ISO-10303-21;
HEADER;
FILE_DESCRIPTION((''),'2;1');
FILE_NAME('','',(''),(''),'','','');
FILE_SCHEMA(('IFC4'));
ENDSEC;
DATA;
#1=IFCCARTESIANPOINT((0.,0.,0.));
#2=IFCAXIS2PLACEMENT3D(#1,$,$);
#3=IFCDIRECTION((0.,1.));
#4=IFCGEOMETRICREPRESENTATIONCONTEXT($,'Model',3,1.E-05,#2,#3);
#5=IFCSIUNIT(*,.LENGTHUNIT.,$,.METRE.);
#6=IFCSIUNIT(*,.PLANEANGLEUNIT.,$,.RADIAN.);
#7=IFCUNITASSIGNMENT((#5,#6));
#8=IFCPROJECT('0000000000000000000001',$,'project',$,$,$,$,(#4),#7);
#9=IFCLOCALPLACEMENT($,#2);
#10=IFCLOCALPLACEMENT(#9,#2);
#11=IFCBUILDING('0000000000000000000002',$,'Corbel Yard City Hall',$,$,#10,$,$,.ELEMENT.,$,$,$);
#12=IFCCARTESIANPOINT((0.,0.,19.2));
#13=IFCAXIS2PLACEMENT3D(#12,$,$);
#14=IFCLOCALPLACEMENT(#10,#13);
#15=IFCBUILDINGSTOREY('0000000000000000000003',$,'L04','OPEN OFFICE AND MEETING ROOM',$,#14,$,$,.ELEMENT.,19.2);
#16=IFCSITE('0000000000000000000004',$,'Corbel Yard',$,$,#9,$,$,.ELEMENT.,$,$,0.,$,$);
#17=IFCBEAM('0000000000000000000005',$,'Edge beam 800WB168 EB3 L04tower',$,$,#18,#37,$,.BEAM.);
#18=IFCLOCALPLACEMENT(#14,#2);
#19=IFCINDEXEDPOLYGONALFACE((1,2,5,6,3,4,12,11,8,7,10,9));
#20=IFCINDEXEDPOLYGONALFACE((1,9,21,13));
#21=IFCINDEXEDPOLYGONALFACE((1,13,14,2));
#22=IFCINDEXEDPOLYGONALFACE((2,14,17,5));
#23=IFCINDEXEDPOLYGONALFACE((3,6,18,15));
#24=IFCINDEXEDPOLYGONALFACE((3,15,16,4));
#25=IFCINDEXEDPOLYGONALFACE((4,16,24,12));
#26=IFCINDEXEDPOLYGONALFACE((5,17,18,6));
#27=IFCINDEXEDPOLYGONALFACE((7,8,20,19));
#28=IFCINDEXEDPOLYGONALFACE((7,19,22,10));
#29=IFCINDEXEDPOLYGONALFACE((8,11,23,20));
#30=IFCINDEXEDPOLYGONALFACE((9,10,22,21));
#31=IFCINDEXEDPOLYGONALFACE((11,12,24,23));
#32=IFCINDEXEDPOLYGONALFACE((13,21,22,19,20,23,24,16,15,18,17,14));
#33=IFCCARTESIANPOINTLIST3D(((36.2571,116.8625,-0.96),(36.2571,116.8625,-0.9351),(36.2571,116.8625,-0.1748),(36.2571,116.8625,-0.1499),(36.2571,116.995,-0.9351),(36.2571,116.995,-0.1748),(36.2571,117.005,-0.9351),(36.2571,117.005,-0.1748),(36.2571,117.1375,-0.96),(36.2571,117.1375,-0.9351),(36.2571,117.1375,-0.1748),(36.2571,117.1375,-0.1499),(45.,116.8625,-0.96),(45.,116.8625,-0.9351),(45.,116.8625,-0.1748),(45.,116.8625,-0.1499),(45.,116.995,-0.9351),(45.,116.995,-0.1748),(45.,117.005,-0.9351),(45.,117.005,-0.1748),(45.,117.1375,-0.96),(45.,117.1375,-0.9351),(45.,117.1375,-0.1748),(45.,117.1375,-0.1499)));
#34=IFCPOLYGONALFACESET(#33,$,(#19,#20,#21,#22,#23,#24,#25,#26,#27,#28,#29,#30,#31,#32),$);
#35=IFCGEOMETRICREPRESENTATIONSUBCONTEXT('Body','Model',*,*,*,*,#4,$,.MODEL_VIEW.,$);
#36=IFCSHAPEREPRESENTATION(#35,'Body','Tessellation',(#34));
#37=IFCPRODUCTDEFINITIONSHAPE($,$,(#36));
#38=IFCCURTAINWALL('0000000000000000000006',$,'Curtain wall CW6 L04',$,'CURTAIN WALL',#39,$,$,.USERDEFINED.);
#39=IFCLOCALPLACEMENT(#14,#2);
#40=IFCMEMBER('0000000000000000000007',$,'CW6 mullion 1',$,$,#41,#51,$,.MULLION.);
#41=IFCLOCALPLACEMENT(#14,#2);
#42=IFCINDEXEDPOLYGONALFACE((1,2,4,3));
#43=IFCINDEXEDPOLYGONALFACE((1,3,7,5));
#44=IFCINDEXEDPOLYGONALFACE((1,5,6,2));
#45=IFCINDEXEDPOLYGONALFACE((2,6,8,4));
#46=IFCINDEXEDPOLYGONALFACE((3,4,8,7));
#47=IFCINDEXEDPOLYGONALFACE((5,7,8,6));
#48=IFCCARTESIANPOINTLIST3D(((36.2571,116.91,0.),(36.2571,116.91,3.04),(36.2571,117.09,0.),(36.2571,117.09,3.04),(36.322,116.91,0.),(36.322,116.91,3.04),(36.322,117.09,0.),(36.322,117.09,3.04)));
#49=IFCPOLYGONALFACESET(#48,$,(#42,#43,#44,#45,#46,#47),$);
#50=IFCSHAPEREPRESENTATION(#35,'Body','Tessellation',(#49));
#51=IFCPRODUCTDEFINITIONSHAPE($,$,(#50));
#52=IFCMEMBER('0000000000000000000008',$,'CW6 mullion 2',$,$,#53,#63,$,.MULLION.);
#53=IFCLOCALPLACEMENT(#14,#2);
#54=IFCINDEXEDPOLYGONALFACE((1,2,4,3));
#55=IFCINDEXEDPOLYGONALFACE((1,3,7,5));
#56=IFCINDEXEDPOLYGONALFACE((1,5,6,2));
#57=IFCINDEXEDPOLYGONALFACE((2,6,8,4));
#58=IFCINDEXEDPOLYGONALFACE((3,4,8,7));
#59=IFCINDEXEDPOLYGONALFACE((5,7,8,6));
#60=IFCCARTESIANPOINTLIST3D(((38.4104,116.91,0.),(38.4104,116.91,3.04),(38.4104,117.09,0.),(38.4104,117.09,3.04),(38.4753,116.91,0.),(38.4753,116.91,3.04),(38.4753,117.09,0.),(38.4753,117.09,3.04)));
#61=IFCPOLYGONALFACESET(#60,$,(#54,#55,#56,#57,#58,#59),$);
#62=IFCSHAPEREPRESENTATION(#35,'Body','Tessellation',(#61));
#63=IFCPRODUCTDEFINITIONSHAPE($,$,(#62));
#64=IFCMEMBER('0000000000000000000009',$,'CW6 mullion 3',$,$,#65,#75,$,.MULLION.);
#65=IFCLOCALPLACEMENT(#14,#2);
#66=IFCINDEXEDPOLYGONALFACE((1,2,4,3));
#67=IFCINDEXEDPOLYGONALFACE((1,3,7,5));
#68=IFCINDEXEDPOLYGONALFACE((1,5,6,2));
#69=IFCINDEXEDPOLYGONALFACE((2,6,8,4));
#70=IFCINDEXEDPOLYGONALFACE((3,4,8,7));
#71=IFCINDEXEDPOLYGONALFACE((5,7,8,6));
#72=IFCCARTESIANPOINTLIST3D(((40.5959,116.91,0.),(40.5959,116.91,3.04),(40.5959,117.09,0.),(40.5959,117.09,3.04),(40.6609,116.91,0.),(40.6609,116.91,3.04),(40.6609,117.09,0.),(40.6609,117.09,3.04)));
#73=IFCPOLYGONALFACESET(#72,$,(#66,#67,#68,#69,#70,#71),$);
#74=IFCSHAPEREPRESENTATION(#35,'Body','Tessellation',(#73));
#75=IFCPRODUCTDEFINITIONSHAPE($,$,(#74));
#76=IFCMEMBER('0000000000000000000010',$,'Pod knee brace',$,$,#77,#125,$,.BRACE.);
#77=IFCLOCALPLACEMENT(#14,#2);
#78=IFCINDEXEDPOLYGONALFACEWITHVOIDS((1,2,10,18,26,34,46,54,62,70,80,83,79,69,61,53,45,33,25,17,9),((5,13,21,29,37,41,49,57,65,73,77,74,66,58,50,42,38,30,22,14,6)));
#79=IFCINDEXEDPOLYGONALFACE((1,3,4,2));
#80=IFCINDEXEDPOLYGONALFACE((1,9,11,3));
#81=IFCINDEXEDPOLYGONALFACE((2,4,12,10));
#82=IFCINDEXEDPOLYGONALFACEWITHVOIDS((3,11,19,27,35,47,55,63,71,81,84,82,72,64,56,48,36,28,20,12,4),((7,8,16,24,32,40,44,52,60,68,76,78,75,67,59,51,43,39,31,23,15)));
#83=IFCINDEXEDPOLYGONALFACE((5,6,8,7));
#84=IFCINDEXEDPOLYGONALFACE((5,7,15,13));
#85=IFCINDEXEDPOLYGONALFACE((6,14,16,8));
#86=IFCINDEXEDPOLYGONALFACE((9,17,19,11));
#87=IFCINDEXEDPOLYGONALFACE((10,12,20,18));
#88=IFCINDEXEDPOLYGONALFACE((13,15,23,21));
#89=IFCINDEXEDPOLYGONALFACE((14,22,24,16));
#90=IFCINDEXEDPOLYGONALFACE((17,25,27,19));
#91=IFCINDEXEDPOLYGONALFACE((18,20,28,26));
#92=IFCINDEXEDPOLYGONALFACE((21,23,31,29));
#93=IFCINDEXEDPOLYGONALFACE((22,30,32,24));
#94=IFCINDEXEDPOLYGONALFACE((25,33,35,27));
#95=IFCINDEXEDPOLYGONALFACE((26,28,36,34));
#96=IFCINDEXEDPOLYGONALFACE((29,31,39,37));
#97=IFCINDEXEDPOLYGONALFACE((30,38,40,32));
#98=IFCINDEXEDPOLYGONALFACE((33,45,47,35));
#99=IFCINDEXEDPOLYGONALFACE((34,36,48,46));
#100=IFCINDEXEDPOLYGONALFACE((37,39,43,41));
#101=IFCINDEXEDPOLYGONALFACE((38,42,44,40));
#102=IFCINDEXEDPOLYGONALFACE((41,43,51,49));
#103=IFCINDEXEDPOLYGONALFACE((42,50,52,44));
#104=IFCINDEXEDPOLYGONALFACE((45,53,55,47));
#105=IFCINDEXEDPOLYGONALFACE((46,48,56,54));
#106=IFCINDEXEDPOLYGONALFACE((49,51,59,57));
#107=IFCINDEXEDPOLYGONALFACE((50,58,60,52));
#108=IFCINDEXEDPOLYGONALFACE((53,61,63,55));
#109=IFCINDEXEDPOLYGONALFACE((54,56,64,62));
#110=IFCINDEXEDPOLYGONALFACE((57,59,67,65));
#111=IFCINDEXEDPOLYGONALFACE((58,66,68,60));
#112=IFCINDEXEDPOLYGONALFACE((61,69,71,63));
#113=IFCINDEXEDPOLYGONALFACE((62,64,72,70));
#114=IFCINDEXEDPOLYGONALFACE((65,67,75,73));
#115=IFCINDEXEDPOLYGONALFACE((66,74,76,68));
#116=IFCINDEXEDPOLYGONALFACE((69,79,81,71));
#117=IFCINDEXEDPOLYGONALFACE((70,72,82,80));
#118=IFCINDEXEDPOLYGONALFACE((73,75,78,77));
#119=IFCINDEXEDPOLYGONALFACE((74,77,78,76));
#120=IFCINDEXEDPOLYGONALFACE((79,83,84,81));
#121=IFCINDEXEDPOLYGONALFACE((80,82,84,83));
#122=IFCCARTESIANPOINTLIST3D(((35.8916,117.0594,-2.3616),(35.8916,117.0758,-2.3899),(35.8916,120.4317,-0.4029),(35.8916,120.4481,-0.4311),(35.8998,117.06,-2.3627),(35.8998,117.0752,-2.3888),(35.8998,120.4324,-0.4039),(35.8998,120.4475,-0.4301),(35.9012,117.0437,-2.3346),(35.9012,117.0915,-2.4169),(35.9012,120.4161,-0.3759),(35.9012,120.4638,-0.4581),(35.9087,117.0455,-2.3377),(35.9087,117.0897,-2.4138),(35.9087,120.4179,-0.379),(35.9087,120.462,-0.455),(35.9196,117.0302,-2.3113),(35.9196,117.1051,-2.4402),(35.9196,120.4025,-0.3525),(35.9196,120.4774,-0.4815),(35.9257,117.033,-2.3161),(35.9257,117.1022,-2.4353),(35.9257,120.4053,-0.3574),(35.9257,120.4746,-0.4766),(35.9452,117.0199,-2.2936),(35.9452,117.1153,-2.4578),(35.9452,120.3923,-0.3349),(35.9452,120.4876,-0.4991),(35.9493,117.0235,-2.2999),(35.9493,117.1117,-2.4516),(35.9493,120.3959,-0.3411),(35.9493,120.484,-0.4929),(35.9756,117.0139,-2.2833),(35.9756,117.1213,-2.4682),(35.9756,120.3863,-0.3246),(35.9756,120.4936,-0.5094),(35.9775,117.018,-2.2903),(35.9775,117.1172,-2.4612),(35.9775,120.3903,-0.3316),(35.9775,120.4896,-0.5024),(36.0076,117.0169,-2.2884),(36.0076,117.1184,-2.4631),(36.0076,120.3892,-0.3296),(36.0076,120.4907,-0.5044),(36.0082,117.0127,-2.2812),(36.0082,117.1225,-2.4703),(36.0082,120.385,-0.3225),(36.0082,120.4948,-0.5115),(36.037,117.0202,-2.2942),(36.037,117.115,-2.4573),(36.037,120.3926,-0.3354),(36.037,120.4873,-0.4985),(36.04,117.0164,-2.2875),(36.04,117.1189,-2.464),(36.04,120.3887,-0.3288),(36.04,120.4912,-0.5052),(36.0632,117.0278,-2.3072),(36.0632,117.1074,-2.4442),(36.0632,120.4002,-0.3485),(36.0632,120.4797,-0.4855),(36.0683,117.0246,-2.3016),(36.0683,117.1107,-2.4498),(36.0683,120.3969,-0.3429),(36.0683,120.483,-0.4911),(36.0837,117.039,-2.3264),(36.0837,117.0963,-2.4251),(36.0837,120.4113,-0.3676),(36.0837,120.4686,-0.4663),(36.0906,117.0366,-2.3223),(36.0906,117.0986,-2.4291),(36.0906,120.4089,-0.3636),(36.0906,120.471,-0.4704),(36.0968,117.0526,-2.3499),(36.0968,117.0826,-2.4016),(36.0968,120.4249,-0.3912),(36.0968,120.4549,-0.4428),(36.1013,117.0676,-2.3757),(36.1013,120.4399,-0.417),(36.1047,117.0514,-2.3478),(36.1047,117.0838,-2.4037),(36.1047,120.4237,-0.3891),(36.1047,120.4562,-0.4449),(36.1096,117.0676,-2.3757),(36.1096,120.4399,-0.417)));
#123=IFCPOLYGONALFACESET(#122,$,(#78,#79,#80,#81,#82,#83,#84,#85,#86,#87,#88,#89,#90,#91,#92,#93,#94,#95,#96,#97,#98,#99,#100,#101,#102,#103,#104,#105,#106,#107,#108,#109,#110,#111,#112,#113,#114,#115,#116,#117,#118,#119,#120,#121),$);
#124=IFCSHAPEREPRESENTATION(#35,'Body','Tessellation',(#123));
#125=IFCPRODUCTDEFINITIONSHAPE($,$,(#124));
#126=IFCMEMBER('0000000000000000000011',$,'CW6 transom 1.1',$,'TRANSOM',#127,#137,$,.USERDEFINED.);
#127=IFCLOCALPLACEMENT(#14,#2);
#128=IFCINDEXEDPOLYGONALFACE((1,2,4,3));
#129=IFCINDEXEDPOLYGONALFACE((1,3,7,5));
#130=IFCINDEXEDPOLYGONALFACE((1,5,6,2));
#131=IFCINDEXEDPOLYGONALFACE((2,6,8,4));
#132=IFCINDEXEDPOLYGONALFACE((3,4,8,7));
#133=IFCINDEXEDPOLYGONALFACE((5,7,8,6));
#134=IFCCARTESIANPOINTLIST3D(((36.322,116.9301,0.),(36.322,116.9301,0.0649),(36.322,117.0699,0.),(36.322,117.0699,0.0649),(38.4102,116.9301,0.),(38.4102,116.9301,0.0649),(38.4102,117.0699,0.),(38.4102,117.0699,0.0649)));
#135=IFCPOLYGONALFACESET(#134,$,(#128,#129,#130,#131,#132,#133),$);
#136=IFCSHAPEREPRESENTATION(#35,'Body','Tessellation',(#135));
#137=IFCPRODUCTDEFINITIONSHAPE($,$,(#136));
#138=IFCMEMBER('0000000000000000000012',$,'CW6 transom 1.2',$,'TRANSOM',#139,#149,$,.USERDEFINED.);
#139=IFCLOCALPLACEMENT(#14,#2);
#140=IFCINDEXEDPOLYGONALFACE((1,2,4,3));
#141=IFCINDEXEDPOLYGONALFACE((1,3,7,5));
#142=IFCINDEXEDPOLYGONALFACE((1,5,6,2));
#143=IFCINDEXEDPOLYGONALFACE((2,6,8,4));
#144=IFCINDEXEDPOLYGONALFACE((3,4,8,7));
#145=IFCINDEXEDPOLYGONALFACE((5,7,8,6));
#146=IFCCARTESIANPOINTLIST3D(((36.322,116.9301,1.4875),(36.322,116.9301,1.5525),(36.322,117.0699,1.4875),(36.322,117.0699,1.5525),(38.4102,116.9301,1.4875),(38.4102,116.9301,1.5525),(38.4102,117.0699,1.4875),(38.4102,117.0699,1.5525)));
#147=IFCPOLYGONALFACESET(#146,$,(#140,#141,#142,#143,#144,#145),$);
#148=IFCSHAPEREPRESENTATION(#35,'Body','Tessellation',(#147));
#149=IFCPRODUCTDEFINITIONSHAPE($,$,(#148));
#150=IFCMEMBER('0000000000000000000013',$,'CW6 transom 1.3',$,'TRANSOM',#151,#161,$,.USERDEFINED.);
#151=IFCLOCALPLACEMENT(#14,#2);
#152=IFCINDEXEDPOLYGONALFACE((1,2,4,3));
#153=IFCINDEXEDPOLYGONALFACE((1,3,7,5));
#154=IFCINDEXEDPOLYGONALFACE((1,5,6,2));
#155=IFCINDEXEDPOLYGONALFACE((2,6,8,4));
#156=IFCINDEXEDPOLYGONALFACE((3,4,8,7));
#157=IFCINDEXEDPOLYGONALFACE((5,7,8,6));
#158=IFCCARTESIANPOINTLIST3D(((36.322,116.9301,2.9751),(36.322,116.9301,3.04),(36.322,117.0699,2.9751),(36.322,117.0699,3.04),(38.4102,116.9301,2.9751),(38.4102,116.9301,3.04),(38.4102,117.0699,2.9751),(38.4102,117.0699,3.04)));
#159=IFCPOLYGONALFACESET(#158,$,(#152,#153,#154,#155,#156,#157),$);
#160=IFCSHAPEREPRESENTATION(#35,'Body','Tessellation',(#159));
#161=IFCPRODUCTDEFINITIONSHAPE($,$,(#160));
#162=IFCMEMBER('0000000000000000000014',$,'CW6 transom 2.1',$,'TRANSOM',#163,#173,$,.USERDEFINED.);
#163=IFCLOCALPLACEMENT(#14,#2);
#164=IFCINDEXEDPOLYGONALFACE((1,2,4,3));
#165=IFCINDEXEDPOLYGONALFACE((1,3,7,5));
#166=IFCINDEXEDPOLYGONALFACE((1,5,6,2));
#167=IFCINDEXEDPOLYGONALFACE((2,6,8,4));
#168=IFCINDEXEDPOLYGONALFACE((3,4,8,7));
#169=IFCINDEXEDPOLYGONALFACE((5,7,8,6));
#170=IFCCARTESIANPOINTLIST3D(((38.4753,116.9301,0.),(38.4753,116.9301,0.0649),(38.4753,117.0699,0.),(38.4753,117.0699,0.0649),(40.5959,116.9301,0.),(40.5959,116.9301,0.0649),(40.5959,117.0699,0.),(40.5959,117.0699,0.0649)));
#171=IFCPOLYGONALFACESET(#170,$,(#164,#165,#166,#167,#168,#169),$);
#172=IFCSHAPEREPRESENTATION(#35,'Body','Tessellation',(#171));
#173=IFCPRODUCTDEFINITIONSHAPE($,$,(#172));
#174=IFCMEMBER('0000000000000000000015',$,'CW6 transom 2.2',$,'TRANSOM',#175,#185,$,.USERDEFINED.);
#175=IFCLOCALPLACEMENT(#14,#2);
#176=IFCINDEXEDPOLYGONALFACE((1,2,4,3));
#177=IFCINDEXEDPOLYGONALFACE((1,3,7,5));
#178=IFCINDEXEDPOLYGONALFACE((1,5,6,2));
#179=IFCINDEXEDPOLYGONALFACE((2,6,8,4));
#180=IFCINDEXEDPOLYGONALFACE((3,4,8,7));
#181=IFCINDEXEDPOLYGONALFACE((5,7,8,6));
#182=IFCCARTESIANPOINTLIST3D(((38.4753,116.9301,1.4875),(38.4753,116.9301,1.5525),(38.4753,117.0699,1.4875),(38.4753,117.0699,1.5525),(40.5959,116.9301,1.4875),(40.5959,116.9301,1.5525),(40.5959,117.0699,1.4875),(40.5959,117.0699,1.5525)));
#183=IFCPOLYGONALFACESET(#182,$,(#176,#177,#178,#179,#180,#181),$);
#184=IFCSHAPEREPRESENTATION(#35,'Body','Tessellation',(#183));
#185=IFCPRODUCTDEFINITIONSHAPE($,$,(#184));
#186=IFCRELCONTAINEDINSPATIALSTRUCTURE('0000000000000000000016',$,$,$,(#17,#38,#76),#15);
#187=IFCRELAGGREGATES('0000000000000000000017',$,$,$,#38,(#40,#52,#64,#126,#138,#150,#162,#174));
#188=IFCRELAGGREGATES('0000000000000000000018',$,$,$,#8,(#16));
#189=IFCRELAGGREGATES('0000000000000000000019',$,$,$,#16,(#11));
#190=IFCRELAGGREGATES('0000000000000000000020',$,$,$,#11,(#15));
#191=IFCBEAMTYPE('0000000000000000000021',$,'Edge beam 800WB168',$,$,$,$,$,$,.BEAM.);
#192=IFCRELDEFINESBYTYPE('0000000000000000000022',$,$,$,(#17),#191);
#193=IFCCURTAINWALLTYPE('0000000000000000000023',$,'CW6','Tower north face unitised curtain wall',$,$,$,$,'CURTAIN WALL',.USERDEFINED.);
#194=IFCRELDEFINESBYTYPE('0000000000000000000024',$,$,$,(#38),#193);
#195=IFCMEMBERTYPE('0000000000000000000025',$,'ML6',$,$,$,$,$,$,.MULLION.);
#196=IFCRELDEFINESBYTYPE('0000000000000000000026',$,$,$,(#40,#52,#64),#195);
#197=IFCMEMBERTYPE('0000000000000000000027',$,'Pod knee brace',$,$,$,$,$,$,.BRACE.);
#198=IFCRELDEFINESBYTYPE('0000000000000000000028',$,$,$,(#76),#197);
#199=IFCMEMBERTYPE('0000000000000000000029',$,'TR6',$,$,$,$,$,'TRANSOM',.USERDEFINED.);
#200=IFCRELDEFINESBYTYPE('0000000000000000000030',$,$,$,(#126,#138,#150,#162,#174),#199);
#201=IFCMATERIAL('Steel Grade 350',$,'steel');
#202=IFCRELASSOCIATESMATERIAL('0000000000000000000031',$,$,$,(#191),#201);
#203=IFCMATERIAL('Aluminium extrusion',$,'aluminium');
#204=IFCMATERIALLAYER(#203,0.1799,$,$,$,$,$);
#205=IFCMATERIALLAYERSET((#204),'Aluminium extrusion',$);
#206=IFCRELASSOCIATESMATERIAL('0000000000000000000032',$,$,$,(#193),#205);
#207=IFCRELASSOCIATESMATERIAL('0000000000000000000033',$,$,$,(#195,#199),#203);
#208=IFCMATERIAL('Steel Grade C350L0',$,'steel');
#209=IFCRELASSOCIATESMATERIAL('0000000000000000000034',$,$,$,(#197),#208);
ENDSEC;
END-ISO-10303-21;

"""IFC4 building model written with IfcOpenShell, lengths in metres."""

from ifc_helpers import new_model, si_unit, direction, frame, origin, origin_2d, place, context, subcontext, project, spatial, rectangle, hollow_circle, i_section, extrude, material, layer, layer_set, material_profile, profile_set, type_object, element, aggregate, save


model = new_model("IFC4")

# Units and contexts
model_context = context("Model", 3, precision=1e-05, world=origin(), true_north=direction((0.0, 1.0)))
body_context = subcontext(model_context, "Body", "Model", "MODEL_VIEW")
ifc_project = project(units=[si_unit("LENGTHUNIT", "METRE"), si_unit("PLANEANGLEUNIT", "RADIAN")], contexts=[model_context])

# Site, building, storey
site_placement = place(None, origin())
site = spatial("IfcSite", under=ifc_project, at=site_placement, Name="Corbel Yard", CompositionType="ELEMENT", RefElevation=0.0)
building_placement = place(site_placement, origin())
building = spatial("IfcBuilding", under=site, at=building_placement, Name="Corbel Yard City Hall", CompositionType="ELEMENT")
storey_placement = place(building_placement, frame((0.0, 0.0, 19.2)))
storey = spatial("IfcBuildingStorey", under=building, at=storey_placement, Name="L04", Description="OPEN OFFICE AND MEETING ROOM", CompositionType="ELEMENT", Elevation=19.2)

# Beam
ifc_material_1 = material(Name="Steel Grade 350", Category="steel")
ifc_material_profile_1 = material_profile(ifc_material_1, i_section(OverallWidth=0.2749, OverallDepth=0.8101, WebThickness=0.01, FlangeThickness=0.0249, at=origin_2d()), Name="800WB168")
ifc_profile_set_1 = profile_set([ifc_material_profile_1], Name="Steel Grade 350")
beam_type = type_object("IfcBeamType", Name="Edge beam 800WB168", PredefinedType="BEAM", material=ifc_profile_set_1)
beam_placement = place(storey_placement, frame((36.2571, 117.0, -0.5549), z_axis=(1.0, 0.0, 0.0), x_axis=(0.0, 1.0, 0.0)))
element("IfcBeam", 1, at=beam_placement, inside=storey, type_object=beam_type, Name="Edge beam 800WB168 EB3 L04tower", PredefinedType="BEAM", context=body_context, shape_type="SweptSolid", body=[
    extrude(i_section(OverallWidth=0.2749, OverallDepth=0.8101, WebThickness=0.01, FlangeThickness=0.0249, at=origin_2d()), origin(), (0.0, 0.0, 1.0), 8.7429),
])

# Curtain wall, members
ifc_material_2 = material(Name="Aluminium extrusion", Category="aluminium")
ifc_layer_1 = layer(ifc_material_2, 0.1799)
ifc_layer_set_1 = layer_set([ifc_layer_1], Name="Aluminium extrusion")
curtain_wall_type = type_object("IfcCurtainWallType", Name="CW6", Description="Tower north face unitised curtain wall", ElementType="CURTAIN WALL", PredefinedType="USERDEFINED", material=ifc_layer_set_1)
curtain_wall_placement = place(storey_placement, origin())
curtain_wall = element("IfcCurtainWall", 2, at=curtain_wall_placement, inside=storey, type_object=curtain_wall_type, Name="Curtain wall CW6 L04", ObjectType="CURTAIN WALL", PredefinedType="USERDEFINED")
ifc_material_profile_2 = material_profile(ifc_material_2, rectangle(XDim=0.1799, YDim=0.0649, at=origin_2d()), Name="180x65")
ifc_profile_set_2 = profile_set([ifc_material_profile_2], Name="Aluminium extrusion")
member_type_1 = type_object("IfcMemberType", Name="ML6", PredefinedType="MULLION", material=ifc_profile_set_2)
member_1_placement = place(storey_placement, frame((36.2896, 117.0, 0.0), z_axis=(0.0, 0.0, 1.0), x_axis=(0.0, 1.0, 0.0)))
member_1 = element("IfcMember", 3, at=member_1_placement, type_object=member_type_1, Name="CW6 mullion 1", PredefinedType="MULLION", context=body_context, shape_type="SweptSolid", body=[
    extrude(rectangle(XDim=0.1799, YDim=0.0649, at=origin_2d()), origin(), (0.0, 0.0, 1.0), 3.04),
])
member_2_placement = place(storey_placement, frame((38.4429, 117.0, 0.0), z_axis=(0.0, 0.0, 1.0), x_axis=(0.0, 1.0, 0.0)))
member_2 = element("IfcMember", 4, at=member_2_placement, type_object=member_type_1, Name="CW6 mullion 2", PredefinedType="MULLION", context=body_context, shape_type="SweptSolid", body=[
    extrude(rectangle(XDim=0.1799, YDim=0.0649, at=origin_2d()), origin(), (0.0, 0.0, 1.0), 3.04),
])
member_3_placement = place(storey_placement, frame((40.6284, 117.0, 0.0), z_axis=(0.0, 0.0, 1.0), x_axis=(0.0, 1.0, 0.0)))
member_3 = element("IfcMember", 5, at=member_3_placement, type_object=member_type_1, Name="CW6 mullion 3", PredefinedType="MULLION", context=body_context, shape_type="SweptSolid", body=[
    extrude(rectangle(XDim=0.1799, YDim=0.0649, at=origin_2d()), origin(), (0.0, 0.0, 1.0), 3.04),
])

# Members
ifc_material_3 = material(Name="Steel Grade C350L0", Category="steel")
ifc_material_profile_3 = material_profile(ifc_material_3, hollow_circle(Radius=0.1096, WallThickness=0.0083, at=origin_2d()), Name="219.1x8.2CHS")
ifc_profile_set_3 = profile_set([ifc_material_profile_3], Name="Steel Grade C350L0")
member_type_2 = type_object("IfcMemberType", Name="Pod knee brace", PredefinedType="BRACE", material=ifc_profile_set_3)
member_4_placement = place(storey_placement, frame((36.0, 120.4399, -0.417), z_axis=(0.0, -0.86472, -0.502255), x_axis=(1.0, 0.0, 0.0)))
element("IfcMember", 6, at=member_4_placement, inside=storey, type_object=member_type_2, Name="Pod knee brace", PredefinedType="BRACE", context=body_context, shape_type="SweptSolid", body=[
    extrude(hollow_circle(Radius=0.1096, WallThickness=0.0083, at=origin_2d()), origin(), (0.0, 0.0, 1.0), 3.8999),
])
ifc_material_profile_4 = material_profile(ifc_material_2, rectangle(XDim=0.1399, YDim=0.0649, at=origin_2d()), Name="140x65")
ifc_profile_set_4 = profile_set([ifc_material_profile_4], Name="Aluminium extrusion")
member_type_3 = type_object("IfcMemberType", Name="TR6", ElementType="TRANSOM", PredefinedType="USERDEFINED", material=ifc_profile_set_4)
member_5_placement = place(storey_placement, frame((36.322, 117.0, 0.0325), z_axis=(1.0, 0.0, 0.0), x_axis=(0.0, 1.0, 0.0)))
member_5 = element("IfcMember", 7, at=member_5_placement, type_object=member_type_3, Name="CW6 transom 1.1", ObjectType="TRANSOM", PredefinedType="USERDEFINED", context=body_context, shape_type="SweptSolid", body=[
    extrude(rectangle(XDim=0.1399, YDim=0.0649, at=origin_2d()), origin(), (0.0, 0.0, 1.0), 2.0881),
])
member_6_placement = place(storey_placement, frame((36.322, 117.0, 1.52), z_axis=(1.0, 0.0, 0.0), x_axis=(0.0, 1.0, 0.0)))
member_6 = element("IfcMember", 8, at=member_6_placement, type_object=member_type_3, Name="CW6 transom 1.2", ObjectType="TRANSOM", PredefinedType="USERDEFINED", context=body_context, shape_type="SweptSolid", body=[
    extrude(rectangle(XDim=0.1399, YDim=0.0649, at=origin_2d()), origin(), (0.0, 0.0, 1.0), 2.0881),
])
member_7_placement = place(storey_placement, frame((36.322, 117.0, 3.0076), z_axis=(1.0, 0.0, 0.0), x_axis=(0.0, 1.0, 0.0)))
member_7 = element("IfcMember", 9, at=member_7_placement, type_object=member_type_3, Name="CW6 transom 1.3", ObjectType="TRANSOM", PredefinedType="USERDEFINED", context=body_context, shape_type="SweptSolid", body=[
    extrude(rectangle(XDim=0.1399, YDim=0.0649, at=origin_2d()), origin(), (0.0, 0.0, 1.0), 2.0881),
])
member_8_placement = place(storey_placement, frame((38.4753, 117.0, 0.0325), z_axis=(1.0, 0.0, 0.0), x_axis=(0.0, 1.0, 0.0)))
member_8 = element("IfcMember", 10, at=member_8_placement, type_object=member_type_3, Name="CW6 transom 2.1", ObjectType="TRANSOM", PredefinedType="USERDEFINED", context=body_context, shape_type="SweptSolid", body=[
    extrude(rectangle(XDim=0.1399, YDim=0.0649, at=origin_2d()), origin(), (0.0, 0.0, 1.0), 2.1206),
])
member_9_placement = place(storey_placement, frame((38.4753, 117.0, 1.52), z_axis=(1.0, 0.0, 0.0), x_axis=(0.0, 1.0, 0.0)))
member_9 = element("IfcMember", 11, at=member_9_placement, type_object=member_type_3, Name="CW6 transom 2.2", ObjectType="TRANSOM", PredefinedType="USERDEFINED", context=body_context, shape_type="SweptSolid", body=[
    extrude(rectangle(XDim=0.1399, YDim=0.0649, at=origin_2d()), origin(), (0.0, 0.0, 1.0), 2.1206),
])

aggregate(curtain_wall, [member_1, member_2, member_3, member_5, member_6, member_7, member_8, member_9])

save(model, "model.ifc")
